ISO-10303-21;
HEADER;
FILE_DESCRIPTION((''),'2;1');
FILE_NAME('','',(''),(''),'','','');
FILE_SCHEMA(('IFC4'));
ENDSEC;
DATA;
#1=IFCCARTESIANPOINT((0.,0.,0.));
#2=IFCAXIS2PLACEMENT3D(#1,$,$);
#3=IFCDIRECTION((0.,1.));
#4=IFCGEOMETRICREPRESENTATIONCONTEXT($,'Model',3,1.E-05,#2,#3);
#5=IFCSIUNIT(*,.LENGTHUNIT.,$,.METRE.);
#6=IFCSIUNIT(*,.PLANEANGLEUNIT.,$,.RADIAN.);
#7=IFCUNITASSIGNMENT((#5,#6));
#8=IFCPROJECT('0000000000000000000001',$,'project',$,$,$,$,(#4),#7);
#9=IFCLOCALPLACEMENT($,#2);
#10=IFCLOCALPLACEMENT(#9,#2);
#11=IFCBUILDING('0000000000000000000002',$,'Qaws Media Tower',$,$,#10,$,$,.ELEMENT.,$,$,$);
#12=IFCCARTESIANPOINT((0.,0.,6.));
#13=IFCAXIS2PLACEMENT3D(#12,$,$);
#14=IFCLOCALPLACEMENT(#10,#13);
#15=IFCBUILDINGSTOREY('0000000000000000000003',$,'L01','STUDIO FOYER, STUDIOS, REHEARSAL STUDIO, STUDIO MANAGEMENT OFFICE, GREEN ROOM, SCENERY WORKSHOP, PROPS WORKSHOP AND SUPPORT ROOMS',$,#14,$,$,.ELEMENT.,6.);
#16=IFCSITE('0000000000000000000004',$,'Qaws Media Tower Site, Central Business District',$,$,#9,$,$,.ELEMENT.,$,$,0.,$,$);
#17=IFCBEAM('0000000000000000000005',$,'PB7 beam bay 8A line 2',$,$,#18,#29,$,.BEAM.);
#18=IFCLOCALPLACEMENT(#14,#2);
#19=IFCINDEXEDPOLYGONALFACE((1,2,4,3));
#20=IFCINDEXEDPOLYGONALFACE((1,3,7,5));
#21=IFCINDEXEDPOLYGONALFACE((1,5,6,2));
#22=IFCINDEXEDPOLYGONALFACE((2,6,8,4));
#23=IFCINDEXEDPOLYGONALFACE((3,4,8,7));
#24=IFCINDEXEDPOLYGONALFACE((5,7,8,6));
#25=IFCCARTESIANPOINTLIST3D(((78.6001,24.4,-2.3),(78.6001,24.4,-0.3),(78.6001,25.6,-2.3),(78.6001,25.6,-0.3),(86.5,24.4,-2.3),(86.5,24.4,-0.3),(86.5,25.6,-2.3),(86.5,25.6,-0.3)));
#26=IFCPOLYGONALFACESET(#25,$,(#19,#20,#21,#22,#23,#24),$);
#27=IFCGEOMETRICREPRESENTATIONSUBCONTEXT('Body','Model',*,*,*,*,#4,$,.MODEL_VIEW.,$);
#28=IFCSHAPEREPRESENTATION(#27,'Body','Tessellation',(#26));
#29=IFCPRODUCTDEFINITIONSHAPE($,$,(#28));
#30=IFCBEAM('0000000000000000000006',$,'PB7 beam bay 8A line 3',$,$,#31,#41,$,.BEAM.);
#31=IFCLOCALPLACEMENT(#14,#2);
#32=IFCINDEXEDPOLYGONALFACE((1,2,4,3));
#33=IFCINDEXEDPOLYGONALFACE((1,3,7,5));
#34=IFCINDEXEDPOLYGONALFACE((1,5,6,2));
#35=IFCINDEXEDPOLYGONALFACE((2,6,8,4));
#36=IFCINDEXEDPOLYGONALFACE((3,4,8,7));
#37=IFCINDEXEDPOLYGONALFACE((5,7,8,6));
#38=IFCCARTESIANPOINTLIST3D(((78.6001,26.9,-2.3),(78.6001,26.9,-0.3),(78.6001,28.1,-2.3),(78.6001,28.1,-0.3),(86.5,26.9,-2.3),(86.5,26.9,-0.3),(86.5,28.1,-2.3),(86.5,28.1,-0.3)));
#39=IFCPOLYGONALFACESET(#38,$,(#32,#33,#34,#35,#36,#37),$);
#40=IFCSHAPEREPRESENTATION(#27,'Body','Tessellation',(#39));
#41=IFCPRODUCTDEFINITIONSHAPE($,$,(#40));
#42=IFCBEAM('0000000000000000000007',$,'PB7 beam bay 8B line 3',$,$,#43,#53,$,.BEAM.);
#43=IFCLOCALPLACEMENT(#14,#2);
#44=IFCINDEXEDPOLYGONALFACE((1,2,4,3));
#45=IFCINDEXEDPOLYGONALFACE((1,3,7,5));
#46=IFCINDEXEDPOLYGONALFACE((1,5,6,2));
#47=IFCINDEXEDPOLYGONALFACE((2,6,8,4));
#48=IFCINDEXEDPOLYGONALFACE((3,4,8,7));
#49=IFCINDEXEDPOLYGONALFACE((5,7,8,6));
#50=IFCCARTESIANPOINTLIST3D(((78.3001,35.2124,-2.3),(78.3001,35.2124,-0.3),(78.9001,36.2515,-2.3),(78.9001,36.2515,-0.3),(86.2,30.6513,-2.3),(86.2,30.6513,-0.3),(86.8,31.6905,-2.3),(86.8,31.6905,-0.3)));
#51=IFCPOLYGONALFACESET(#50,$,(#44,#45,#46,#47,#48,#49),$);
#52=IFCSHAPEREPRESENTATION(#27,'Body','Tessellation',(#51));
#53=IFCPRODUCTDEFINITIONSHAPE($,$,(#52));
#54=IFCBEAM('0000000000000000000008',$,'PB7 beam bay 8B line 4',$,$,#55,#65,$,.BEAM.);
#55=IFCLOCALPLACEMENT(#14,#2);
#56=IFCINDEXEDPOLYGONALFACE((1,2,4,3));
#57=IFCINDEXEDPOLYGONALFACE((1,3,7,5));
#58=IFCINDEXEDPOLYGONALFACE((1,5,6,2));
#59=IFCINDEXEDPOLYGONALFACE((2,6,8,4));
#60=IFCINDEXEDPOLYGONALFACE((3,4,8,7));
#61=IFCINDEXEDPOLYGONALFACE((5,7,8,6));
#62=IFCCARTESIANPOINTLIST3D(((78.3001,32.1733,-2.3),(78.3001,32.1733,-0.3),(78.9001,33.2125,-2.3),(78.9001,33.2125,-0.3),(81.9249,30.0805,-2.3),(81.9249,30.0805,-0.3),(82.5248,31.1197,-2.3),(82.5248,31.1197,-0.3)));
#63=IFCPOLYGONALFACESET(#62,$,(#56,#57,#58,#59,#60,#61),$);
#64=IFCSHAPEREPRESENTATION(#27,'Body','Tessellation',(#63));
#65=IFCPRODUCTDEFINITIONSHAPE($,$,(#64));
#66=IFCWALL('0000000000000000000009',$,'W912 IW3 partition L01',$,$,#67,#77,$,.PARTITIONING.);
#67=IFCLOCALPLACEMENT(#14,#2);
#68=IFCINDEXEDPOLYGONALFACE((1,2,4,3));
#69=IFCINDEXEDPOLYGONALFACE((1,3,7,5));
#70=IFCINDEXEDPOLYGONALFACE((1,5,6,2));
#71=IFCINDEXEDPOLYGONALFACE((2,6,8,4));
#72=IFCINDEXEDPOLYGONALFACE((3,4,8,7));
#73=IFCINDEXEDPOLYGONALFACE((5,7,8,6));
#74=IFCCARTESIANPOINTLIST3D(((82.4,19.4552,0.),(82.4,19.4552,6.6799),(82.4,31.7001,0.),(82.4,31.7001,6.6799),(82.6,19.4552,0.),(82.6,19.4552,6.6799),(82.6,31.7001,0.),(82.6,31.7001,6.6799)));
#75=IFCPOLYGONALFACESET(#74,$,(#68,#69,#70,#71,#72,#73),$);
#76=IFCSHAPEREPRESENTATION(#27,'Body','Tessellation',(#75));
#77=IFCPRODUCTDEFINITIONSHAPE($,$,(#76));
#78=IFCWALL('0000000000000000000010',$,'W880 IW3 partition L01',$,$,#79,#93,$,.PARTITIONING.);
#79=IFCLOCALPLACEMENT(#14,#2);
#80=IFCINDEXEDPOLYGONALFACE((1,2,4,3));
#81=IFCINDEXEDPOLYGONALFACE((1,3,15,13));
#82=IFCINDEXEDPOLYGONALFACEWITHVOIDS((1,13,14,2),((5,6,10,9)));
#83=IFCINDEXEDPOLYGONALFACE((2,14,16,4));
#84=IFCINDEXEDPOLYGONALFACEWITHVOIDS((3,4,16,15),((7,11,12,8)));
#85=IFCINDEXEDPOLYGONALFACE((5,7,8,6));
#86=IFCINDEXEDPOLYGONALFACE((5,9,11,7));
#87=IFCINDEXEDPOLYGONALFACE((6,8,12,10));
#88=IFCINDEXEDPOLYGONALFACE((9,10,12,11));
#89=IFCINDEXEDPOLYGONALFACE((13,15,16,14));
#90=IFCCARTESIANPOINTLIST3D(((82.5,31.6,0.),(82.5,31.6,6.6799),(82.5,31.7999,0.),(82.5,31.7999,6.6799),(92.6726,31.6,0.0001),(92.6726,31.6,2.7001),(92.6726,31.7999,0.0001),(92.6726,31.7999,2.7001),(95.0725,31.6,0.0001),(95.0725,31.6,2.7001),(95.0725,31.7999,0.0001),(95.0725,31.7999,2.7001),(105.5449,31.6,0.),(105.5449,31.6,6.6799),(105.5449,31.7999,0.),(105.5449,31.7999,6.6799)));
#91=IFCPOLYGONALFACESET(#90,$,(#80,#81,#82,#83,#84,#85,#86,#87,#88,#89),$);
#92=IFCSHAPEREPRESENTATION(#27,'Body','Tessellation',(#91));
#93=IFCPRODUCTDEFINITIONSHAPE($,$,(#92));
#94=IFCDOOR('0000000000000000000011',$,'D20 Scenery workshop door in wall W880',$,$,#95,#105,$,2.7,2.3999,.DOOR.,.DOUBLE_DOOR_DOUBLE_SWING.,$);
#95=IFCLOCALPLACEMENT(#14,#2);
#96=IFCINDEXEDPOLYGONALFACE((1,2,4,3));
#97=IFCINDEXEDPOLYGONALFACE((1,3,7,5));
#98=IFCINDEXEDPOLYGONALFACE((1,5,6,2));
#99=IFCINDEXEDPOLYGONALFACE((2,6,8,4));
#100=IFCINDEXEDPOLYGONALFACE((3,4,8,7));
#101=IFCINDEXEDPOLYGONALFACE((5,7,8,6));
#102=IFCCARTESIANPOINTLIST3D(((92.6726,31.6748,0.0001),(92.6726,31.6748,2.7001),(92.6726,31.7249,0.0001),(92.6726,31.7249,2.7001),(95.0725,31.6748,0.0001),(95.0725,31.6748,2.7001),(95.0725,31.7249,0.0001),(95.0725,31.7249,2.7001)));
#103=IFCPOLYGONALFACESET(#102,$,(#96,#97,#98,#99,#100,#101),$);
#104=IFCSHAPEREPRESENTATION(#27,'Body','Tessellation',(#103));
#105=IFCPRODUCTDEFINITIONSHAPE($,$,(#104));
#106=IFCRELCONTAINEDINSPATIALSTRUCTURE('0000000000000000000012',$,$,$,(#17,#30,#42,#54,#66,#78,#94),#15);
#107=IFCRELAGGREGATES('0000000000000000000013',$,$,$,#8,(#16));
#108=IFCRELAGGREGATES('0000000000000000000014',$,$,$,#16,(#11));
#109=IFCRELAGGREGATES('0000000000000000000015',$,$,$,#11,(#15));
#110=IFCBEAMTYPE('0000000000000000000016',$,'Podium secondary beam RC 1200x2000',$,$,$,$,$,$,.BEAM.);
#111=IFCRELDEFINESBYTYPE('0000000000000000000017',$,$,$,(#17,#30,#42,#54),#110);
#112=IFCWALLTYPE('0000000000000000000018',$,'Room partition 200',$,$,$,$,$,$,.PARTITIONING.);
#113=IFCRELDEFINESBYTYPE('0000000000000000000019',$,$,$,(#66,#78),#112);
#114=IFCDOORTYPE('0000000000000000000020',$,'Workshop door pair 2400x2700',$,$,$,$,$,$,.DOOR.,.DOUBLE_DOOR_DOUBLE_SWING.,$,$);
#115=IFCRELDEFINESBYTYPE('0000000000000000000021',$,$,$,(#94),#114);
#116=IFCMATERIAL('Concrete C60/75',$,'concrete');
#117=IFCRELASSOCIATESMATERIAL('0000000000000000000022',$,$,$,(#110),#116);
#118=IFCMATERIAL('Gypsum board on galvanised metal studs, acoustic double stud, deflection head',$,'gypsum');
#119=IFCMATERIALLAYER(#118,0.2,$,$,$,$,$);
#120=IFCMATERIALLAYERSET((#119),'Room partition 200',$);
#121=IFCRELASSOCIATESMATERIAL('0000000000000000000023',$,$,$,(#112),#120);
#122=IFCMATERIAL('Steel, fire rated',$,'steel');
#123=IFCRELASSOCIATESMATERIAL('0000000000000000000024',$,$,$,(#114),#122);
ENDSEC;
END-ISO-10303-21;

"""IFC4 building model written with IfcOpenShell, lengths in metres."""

from ifc_helpers import new_model, si_unit, direction, frame, frame_2d, origin, origin_2d, place, context, subcontext, project, spatial, rectangle, extrude, material, layer, layer_set, material_profile, profile_set, type_object, element, fill, save


model = new_model("IFC4")

# Units and contexts
model_context = context("Model", 3, precision=1e-05, world=origin(), true_north=direction((0.0, 1.0)))
body_context = subcontext(model_context, "Body", "Model", "MODEL_VIEW")
ifc_project = project(units=[si_unit("LENGTHUNIT", "METRE"), si_unit("PLANEANGLEUNIT", "RADIAN")], contexts=[model_context])

# Site, building, storey
site_placement = place(None, origin())
site = spatial("IfcSite", under=ifc_project, at=site_placement, Name="Qaws Media Tower Site, Central Business District", CompositionType="ELEMENT", RefElevation=0.0)
building_placement = place(site_placement, origin())
building = spatial("IfcBuilding", under=site, at=building_placement, Name="Qaws Media Tower", CompositionType="ELEMENT")
storey_placement = place(building_placement, frame((0.0, 0.0, 6.0)))
storey = spatial("IfcBuildingStorey", under=building, at=storey_placement, Name="L01", Description="STUDIO FOYER, STUDIOS, REHEARSAL STUDIO, STUDIO MANAGEMENT OFFICE, GREEN ROOM, SCENERY WORKSHOP, PROPS WORKSHOP AND SUPPORT ROOMS", CompositionType="ELEMENT", Elevation=6.0)

# Beams
ifc_material_1 = material(Name="Concrete C60/75", Category="concrete")
ifc_material_profile_1 = material_profile(ifc_material_1, rectangle(XDim=1.2, YDim=2.0, at=origin_2d()), Name="RC 1200x2000")
ifc_profile_set_1 = profile_set([ifc_material_profile_1], Name="Concrete C60/75")
beam_type_1 = type_object("IfcBeamType", Name="Podium secondary beam RC 1200x2000", PredefinedType="BEAM", material=ifc_profile_set_1)
for number, where, z_axis, x_axis, name in (
    (1, (78.6001, 25.0, -1.3), (1.0, 0.0, 0.0), (0.0, 1.0, 0.0), "PB7 beam bay 8A line 2"),
    (2, (78.6001, 27.5, -1.3), (1.0, 0.0, 0.0), (0.0, 1.0, 0.0), "PB7 beam bay 8A line 3"),
):
    element("IfcBeam", number, at=place(storey_placement, frame(where, z_axis=z_axis, x_axis=x_axis)), inside=storey, type_object=beam_type_1, Name=name, PredefinedType="BEAM", context=body_context, shape_type="SweptSolid", body=[
        extrude(rectangle(XDim=1.2, YDim=2.0, at=origin_2d()), origin(), (0.0, 0.0, 1.0), 7.8999),
    ])
beam_1_placement = place(storey_placement, frame((86.5, 31.1709, -1.3), z_axis=(-0.866024, 0.500002, 0.0), x_axis=(-0.500002, -0.866024, 0.0)))
element("IfcBeam", 3, at=beam_1_placement, inside=storey, type_object=beam_type_1, Name="PB7 beam bay 8B line 3", PredefinedType="BEAM", context=body_context, shape_type="SweptSolid", body=[
    extrude(rectangle(XDim=1.2, YDim=2.0, at=origin_2d()), origin(), (0.0, 0.0, 1.0), 9.1221),
])
beam_2_placement = place(storey_placement, frame((82.2249, 30.6001, -1.3), z_axis=(-0.866023, 0.500004, 0.0), x_axis=(-0.500004, -0.866023, 0.0)))
element("IfcBeam", 4, at=beam_2_placement, inside=storey, type_object=beam_type_1, Name="PB7 beam bay 8B line 4", PredefinedType="BEAM", context=body_context, shape_type="SweptSolid", body=[
    extrude(rectangle(XDim=1.2, YDim=2.0, at=origin_2d()), origin(), (0.0, 0.0, 1.0), 4.1855),
])

# Wall
ifc_material_2 = material(Name="Gypsum board on galvanised metal studs, acoustic double stud, deflection head", Category="gypsum")
ifc_layer = layer(ifc_material_2, 0.2)
ifc_layer_set = layer_set([ifc_layer], Name="Room partition 200")
wall_type = type_object("IfcWallType", Name="Room partition 200", PredefinedType="PARTITIONING", material=ifc_layer_set)
wall_1_placement = place(storey_placement, frame((82.5, 19.4551, 0.0), z_axis=(0.0, 0.0, 1.0), x_axis=(0.0, 1.0, 0.0)))
element("IfcWall", 5, at=wall_1_placement, inside=storey, type_object=wall_type, Name="W912 IW3 partition L01", PredefinedType="PARTITIONING", context=body_context, shape_type="SweptSolid", body=[
    extrude(rectangle(XDim=12.2449, YDim=0.2, at=frame_2d((6.1226, 0.0))), origin(), (0.0, 0.0, 1.0), 6.6799),
])

# Wall, opening, door
wall_2_placement = place(storey_placement, frame((82.5, 31.7, 0.0), z_axis=(0.0, 0.0, 1.0), x_axis=(1.0, 0.0, 0.0)))
wall_2 = element("IfcWall", 6, at=wall_2_placement, inside=storey, type_object=wall_type, Name="W880 IW3 partition L01", PredefinedType="PARTITIONING", context=body_context, shape_type="SweptSolid", body=[
    extrude(rectangle(XDim=23.0449, YDim=0.2, at=frame_2d((11.5225, 0.0))), origin(), (0.0, 0.0, 1.0), 6.6799),
])
opening_placement = place(wall_2_placement, frame((10.1726, 0.0, 0.0)))
opening = element("IfcOpeningElement", 7, at=opening_placement, cuts=wall_2, PredefinedType="OPENING", context=body_context, shape_type="SweptSolid", body=[
    extrude(rectangle(XDim=2.3999, YDim=2.7, at=frame_2d((1.2, 1.3501))), frame((0.0, 0.1099, 0.0), z_axis=(0.0, -1.0, 0.0), x_axis=(1.0, 0.0, 0.0)), (0.0, 0.0, 1.0), 0.22),
])
ifc_material_3 = material(Name="Steel, fire rated", Category="steel")
door_type = type_object("IfcDoorType", Name="Workshop door pair 2400x2700", OperationType="DOUBLE_DOOR_DOUBLE_SWING", PredefinedType="DOOR", material=ifc_material_3)
door_placement = place(opening_placement, origin())
door = element("IfcDoor", 8, at=door_placement, inside=storey, type_object=door_type, Name="D20 Scenery workshop door in wall W880", OperationType="DOUBLE_DOOR_DOUBLE_SWING", OverallHeight=2.7, OverallWidth=2.3999, PredefinedType="DOOR", context=body_context, shape_type="SweptSolid", body=[
    extrude(rectangle(XDim=2.3999, YDim=2.7, at=frame_2d((1.2, 1.3501))), frame((0.0, 0.0249, 0.0), z_axis=(0.0, -1.0, 0.0), x_axis=(1.0, 0.0, 0.0)), (0.0, 0.0, 1.0), 0.05),
])
fill(opening, door)

save(model, "model.ifc")
